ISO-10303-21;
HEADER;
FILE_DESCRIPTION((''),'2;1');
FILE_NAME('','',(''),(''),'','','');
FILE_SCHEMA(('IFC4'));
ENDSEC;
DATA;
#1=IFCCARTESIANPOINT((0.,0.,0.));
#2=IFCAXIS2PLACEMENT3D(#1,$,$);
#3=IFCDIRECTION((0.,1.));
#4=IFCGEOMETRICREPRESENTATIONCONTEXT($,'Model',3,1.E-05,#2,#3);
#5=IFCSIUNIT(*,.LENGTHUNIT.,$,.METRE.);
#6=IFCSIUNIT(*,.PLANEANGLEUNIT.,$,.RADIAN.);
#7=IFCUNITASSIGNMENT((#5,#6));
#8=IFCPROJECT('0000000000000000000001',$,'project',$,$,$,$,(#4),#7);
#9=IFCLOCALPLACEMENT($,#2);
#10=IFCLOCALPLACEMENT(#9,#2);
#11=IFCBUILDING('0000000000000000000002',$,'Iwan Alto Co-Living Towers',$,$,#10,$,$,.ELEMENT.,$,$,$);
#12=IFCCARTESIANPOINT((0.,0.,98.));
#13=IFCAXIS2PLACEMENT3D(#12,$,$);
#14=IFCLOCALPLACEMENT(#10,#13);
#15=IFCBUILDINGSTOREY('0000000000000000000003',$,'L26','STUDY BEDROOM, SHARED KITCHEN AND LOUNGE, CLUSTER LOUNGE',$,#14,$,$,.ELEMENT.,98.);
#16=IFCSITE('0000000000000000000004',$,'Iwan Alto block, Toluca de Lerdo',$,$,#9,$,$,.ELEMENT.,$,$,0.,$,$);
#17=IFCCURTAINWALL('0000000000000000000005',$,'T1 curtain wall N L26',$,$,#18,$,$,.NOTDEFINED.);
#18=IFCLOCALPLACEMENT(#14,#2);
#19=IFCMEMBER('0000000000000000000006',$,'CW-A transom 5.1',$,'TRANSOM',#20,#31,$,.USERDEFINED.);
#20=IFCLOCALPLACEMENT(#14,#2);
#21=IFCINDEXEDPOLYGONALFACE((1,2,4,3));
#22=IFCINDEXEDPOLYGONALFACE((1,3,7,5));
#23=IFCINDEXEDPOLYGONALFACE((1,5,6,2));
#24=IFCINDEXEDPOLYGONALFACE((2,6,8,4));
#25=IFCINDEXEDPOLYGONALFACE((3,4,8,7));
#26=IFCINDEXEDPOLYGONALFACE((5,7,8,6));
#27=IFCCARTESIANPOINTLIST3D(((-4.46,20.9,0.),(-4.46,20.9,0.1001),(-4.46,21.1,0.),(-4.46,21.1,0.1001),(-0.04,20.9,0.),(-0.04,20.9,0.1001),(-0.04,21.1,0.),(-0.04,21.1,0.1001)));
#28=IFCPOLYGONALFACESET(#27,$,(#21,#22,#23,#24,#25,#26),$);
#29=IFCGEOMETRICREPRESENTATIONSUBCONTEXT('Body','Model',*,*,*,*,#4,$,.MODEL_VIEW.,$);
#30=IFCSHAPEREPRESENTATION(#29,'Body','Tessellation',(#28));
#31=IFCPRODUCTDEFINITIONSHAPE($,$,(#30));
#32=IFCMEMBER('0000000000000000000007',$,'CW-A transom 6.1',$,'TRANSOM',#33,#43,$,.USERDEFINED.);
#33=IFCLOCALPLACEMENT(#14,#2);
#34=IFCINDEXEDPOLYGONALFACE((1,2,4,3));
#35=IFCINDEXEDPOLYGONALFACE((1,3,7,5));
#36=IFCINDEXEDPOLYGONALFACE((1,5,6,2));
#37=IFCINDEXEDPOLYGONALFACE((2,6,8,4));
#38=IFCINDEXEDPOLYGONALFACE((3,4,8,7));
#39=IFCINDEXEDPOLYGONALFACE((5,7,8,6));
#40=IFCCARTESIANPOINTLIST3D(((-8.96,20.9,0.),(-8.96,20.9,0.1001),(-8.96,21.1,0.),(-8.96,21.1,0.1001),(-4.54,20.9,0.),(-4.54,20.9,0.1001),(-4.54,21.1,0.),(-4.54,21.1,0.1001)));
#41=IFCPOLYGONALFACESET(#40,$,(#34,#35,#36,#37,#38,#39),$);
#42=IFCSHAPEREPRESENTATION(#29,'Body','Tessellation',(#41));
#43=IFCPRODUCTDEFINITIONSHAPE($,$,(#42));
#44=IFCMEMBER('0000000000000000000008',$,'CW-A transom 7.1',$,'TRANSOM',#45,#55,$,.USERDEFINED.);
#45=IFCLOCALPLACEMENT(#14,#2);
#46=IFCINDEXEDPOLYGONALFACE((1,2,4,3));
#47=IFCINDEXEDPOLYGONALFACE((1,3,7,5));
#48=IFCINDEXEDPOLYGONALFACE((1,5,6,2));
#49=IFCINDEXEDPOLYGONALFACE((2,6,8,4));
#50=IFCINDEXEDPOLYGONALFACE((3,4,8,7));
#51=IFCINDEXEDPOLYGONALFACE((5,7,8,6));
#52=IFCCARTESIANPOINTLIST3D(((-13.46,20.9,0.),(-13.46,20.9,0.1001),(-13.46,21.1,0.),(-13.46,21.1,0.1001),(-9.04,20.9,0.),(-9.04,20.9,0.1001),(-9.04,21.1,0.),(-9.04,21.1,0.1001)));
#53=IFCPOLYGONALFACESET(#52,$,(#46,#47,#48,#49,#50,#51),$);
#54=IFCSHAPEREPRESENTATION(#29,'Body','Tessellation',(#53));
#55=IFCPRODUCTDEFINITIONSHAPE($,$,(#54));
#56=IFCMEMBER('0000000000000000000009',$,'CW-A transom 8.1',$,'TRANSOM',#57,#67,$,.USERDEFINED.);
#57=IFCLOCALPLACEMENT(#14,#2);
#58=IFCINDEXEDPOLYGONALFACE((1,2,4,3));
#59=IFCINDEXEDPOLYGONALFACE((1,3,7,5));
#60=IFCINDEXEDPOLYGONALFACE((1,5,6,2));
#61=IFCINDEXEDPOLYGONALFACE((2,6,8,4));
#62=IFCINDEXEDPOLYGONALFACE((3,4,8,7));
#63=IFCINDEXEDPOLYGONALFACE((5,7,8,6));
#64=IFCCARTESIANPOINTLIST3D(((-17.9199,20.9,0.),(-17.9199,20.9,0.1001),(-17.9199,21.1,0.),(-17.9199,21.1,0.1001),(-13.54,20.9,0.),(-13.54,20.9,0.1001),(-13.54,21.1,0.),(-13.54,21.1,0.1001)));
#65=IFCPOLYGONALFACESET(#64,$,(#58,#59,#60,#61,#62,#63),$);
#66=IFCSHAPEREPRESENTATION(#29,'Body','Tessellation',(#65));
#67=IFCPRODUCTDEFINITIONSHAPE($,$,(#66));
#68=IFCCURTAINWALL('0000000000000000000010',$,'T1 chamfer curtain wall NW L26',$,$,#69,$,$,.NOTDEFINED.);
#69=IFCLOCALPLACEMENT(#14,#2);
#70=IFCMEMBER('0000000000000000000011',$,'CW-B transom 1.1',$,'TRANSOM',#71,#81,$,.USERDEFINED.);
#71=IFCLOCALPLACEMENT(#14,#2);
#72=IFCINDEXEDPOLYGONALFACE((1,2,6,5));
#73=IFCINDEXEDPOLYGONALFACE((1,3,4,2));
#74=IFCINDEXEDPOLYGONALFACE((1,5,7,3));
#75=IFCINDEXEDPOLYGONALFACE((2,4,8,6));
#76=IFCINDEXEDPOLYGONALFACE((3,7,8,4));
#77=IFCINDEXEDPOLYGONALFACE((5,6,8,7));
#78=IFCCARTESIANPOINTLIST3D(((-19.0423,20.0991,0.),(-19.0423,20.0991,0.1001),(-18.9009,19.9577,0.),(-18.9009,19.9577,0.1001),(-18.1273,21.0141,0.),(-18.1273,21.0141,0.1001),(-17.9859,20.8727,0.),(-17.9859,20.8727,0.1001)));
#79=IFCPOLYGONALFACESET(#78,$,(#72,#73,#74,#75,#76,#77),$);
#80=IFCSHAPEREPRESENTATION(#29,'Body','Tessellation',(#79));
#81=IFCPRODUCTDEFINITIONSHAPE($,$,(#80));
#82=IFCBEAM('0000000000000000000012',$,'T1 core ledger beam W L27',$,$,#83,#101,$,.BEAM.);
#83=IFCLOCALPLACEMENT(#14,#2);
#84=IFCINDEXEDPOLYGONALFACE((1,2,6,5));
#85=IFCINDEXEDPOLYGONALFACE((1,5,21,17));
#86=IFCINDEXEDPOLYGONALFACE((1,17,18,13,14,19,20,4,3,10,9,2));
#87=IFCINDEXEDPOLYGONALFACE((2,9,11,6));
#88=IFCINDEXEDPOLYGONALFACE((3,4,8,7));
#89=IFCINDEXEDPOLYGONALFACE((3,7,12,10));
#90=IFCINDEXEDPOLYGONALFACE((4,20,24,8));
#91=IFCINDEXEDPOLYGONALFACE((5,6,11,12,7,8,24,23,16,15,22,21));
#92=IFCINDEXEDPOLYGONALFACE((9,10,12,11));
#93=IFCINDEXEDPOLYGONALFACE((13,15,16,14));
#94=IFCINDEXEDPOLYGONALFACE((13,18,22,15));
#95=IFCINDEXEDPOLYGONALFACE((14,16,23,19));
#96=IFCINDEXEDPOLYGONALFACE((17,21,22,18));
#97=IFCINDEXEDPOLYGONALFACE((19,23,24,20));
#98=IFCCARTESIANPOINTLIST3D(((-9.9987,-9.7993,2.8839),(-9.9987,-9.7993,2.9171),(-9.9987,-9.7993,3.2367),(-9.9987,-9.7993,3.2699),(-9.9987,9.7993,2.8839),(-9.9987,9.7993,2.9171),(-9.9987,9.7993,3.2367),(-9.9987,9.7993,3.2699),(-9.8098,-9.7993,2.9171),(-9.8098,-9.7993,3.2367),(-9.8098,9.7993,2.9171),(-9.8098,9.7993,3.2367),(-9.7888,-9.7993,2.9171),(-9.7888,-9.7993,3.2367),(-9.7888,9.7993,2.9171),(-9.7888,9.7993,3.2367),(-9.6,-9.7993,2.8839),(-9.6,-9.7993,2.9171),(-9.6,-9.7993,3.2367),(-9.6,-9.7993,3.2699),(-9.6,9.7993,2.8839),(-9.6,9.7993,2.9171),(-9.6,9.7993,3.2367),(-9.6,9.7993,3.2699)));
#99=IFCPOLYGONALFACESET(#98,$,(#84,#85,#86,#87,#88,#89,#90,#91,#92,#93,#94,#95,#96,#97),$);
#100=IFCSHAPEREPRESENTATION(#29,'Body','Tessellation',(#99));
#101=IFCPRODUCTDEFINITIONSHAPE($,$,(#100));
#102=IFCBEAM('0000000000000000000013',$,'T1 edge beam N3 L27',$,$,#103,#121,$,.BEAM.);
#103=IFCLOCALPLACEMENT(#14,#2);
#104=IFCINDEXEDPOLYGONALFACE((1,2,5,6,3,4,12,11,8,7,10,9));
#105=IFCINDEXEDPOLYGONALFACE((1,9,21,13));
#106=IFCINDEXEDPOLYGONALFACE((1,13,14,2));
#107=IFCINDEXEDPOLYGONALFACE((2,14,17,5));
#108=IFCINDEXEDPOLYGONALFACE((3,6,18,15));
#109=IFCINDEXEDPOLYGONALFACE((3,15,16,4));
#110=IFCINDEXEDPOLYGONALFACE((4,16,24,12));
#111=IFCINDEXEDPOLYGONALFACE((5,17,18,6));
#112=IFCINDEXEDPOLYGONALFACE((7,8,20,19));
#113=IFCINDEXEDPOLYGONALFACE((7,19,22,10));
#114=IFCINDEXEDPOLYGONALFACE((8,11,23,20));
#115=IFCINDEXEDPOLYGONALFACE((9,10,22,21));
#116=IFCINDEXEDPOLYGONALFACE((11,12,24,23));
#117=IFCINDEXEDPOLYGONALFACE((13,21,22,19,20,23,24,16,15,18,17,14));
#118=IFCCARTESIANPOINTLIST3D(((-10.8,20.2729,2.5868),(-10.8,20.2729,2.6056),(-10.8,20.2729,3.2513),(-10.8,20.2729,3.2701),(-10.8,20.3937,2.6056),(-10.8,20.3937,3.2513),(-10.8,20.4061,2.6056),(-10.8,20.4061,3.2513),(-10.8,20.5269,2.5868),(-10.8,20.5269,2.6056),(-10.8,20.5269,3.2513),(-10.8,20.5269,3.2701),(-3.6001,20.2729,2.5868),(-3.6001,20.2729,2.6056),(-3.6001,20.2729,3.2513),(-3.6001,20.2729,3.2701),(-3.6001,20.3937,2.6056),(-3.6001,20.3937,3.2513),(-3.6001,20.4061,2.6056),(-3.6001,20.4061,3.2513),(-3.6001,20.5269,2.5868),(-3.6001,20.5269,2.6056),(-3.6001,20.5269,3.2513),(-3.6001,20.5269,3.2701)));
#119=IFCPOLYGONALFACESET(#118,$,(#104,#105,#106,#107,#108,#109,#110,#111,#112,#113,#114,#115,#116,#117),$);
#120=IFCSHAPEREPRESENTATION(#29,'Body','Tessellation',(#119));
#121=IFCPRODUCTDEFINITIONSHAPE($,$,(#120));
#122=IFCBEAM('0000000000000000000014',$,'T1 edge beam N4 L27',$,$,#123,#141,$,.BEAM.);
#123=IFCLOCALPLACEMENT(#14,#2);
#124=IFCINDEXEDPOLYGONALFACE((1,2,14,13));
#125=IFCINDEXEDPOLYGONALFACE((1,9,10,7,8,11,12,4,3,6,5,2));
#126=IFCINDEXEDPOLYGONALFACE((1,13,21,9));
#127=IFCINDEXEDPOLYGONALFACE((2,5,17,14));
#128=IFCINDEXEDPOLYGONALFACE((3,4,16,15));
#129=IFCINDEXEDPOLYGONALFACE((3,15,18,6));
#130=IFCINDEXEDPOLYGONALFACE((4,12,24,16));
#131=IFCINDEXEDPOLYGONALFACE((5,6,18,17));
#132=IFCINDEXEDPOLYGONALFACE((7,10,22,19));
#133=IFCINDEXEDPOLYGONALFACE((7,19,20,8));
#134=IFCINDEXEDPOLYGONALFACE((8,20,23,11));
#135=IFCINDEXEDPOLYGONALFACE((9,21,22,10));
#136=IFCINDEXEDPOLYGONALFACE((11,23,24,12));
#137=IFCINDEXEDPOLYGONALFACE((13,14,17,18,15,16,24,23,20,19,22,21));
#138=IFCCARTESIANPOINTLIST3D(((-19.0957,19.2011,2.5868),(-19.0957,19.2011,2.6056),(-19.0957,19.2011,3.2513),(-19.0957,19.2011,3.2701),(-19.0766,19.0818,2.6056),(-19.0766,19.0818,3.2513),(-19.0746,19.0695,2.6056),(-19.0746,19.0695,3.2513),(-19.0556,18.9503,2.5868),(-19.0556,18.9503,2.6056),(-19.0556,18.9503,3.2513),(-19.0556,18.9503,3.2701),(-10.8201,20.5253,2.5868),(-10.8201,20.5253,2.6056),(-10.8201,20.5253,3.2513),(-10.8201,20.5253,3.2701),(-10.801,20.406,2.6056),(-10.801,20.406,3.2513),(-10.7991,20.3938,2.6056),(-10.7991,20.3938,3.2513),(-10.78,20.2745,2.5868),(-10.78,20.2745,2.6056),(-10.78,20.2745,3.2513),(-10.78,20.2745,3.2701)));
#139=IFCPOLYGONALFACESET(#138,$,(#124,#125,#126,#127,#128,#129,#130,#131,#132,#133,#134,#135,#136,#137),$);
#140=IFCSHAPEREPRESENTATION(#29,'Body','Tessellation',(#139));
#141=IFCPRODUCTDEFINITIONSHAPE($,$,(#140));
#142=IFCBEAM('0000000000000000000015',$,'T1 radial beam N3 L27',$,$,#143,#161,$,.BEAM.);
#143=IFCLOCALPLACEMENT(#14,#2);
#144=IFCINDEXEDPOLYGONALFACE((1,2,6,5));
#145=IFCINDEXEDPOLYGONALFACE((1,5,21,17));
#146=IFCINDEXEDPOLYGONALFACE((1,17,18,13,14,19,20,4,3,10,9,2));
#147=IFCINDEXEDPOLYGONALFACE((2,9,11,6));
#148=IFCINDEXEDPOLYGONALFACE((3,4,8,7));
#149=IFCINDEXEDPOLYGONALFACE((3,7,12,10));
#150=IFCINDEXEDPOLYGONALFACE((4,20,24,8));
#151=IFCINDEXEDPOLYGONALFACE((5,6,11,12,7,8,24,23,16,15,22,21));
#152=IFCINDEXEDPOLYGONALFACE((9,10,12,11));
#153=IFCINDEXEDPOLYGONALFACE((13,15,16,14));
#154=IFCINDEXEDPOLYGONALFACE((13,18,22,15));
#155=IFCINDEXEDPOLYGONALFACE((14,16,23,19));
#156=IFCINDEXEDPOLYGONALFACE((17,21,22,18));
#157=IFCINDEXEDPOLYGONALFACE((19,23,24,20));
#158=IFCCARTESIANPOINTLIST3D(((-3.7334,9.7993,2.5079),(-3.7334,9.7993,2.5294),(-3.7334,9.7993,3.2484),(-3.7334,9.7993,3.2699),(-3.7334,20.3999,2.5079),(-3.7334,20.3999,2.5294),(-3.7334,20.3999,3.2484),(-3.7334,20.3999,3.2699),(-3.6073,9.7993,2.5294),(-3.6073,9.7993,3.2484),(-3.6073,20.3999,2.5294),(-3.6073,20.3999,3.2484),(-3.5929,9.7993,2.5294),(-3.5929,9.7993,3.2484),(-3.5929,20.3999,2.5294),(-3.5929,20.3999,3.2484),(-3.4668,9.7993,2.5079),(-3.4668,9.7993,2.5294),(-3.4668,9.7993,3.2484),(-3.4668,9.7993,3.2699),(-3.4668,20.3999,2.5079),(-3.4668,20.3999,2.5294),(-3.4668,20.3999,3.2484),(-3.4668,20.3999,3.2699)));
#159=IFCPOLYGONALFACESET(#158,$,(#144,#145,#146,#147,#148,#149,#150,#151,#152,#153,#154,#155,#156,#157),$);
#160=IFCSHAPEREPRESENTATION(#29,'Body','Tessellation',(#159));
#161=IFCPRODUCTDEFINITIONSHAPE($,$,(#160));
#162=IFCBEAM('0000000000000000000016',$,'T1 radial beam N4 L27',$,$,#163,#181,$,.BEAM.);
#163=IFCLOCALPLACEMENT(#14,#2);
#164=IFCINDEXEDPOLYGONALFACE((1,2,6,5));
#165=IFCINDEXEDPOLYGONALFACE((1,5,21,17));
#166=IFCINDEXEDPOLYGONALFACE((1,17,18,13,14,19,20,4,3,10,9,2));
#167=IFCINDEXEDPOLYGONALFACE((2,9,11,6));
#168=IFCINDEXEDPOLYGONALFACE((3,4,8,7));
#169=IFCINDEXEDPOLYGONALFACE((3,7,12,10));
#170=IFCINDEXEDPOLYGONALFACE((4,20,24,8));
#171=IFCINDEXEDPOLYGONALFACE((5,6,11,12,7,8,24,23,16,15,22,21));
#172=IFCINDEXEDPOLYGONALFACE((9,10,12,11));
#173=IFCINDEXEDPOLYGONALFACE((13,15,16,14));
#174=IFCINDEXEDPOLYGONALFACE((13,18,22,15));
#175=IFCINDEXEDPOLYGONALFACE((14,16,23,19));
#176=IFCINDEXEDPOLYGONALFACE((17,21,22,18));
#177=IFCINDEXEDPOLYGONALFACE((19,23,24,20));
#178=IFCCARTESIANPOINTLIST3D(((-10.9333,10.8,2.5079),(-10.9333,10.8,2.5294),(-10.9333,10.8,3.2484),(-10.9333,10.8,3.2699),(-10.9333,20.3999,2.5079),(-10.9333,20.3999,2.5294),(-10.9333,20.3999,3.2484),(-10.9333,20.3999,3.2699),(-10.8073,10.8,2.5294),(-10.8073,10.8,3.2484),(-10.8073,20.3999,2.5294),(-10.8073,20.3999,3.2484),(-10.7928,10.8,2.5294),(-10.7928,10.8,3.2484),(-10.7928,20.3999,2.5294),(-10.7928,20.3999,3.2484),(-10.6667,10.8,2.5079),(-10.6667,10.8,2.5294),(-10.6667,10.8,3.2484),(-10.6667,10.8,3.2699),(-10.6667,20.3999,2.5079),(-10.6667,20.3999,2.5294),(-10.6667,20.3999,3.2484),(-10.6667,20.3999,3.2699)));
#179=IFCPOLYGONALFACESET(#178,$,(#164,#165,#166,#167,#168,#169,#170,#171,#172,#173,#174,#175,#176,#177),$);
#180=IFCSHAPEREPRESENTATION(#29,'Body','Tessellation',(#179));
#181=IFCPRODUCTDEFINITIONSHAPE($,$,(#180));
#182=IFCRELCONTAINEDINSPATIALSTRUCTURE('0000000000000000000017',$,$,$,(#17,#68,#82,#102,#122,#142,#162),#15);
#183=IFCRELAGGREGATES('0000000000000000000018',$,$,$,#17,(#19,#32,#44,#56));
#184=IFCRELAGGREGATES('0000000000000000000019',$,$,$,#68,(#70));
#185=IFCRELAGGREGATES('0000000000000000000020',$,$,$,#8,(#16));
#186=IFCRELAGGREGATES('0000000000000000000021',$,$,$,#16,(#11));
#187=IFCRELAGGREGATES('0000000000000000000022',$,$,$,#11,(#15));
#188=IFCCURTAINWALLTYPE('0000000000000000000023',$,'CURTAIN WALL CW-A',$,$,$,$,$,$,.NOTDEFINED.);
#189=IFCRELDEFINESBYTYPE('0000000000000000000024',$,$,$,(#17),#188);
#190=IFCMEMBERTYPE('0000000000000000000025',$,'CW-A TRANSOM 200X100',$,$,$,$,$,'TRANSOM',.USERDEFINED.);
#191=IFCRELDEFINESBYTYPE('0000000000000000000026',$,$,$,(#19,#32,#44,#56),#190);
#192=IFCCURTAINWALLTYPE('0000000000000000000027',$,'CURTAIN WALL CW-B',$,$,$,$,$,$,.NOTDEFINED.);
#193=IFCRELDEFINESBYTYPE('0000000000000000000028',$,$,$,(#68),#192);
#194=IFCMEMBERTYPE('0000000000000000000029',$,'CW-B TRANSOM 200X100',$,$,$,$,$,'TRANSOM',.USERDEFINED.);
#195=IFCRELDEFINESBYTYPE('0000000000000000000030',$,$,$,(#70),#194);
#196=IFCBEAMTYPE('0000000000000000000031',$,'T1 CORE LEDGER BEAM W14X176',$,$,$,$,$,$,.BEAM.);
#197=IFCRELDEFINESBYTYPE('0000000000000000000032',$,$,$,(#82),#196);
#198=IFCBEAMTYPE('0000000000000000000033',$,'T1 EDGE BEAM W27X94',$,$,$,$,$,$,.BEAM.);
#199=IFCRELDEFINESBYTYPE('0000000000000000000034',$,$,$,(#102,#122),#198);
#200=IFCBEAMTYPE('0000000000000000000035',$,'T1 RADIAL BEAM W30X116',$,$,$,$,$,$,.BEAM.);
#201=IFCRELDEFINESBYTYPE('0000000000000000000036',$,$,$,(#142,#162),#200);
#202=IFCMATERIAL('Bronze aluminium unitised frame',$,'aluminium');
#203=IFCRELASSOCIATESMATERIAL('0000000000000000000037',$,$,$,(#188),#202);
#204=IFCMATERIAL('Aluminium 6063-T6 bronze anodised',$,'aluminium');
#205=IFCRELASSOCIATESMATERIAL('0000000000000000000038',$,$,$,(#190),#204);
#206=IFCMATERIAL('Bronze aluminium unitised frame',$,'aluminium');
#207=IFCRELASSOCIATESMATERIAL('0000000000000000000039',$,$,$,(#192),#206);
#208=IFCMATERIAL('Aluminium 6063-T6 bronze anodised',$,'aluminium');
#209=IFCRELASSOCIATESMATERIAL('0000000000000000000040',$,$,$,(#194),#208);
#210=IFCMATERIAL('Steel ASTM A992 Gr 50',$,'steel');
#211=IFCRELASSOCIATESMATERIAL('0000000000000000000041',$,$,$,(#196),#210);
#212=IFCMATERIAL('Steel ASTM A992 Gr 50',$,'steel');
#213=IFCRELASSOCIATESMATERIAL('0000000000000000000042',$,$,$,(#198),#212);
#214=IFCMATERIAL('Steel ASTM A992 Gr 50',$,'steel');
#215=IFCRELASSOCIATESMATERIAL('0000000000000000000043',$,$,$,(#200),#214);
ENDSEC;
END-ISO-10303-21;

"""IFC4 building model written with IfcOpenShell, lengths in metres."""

from ifc_helpers import new_model, si_unit, direction, frame, origin, origin_2d, place, context, subcontext, project, spatial, rectangle, i_section, extrude, material, material_profile, profile_set, type_object, element, aggregate, save


model = new_model("IFC4")

# Units and contexts
model_context = context("Model", 3, precision=1e-05, world=origin(), true_north=direction((0.0, 1.0)))
body_context = subcontext(model_context, "Body", "Model", "MODEL_VIEW")
ifc_project = project(units=[si_unit("LENGTHUNIT", "METRE"), si_unit("PLANEANGLEUNIT", "RADIAN")], contexts=[model_context])

# Site, building, storey
site_placement = place(None, origin())
site = spatial("IfcSite", under=ifc_project, at=site_placement, Name="Iwan Alto block, Toluca de Lerdo", CompositionType="ELEMENT", RefElevation=0.0)
building_placement = place(site_placement, origin())
building = spatial("IfcBuilding", under=site, at=building_placement, Name="Iwan Alto Co-Living Towers", CompositionType="ELEMENT")
storey_placement = place(building_placement, frame((0.0, 0.0, 98.0)))
storey = spatial("IfcBuildingStorey", under=building, at=storey_placement, Name="L26", Description="STUDY BEDROOM, SHARED KITCHEN AND LOUNGE, CLUSTER LOUNGE", CompositionType="ELEMENT", Elevation=98.0)

# Curtain wall, members
ifc_material_1 = material(Name="Bronze aluminium unitised frame", Category="aluminium")
curtain_wall_type_1 = type_object("IfcCurtainWallType", Name="CURTAIN WALL CW-A", PredefinedType="NOTDEFINED", material=ifc_material_1)
curtain_wall_1_placement = place(storey_placement, origin())
curtain_wall_1 = element("IfcCurtainWall", 1, at=curtain_wall_1_placement, inside=storey, type_object=curtain_wall_type_1, Name="T1 curtain wall N L26", PredefinedType="NOTDEFINED")
ifc_material_2 = material(Name="Aluminium 6063-T6 bronze anodised", Category="aluminium")
ifc_material_profile_1 = material_profile(ifc_material_2, rectangle(XDim=0.2, YDim=0.1001, at=origin_2d()), Name="AL 200X100")
ifc_profile_set_1 = profile_set([ifc_material_profile_1], Name="Aluminium 6063-T6 bronze anodised")
member_type_1 = type_object("IfcMemberType", Name="CW-A TRANSOM 200X100", ElementType="TRANSOM", PredefinedType="USERDEFINED", material=ifc_profile_set_1)
member_1_placement = place(storey_placement, frame((-0.04, 21.0, 0.05), z_axis=(-1.0, 0.0, 0.0), x_axis=(0.0, -1.0, 0.0)))
member_1 = element("IfcMember", 2, at=member_1_placement, type_object=member_type_1, Name="CW-A transom 5.1", ObjectType="TRANSOM", PredefinedType="USERDEFINED", context=body_context, shape_type="SweptSolid", body=[
    extrude(rectangle(XDim=0.2, YDim=0.1001, at=origin_2d()), origin(), (0.0, 0.0, 1.0), 4.4199),
])
member_2_placement = place(storey_placement, frame((-4.54, 21.0, 0.05), z_axis=(-1.0, 0.0, 0.0), x_axis=(0.0, -1.0, 0.0)))
member_2 = element("IfcMember", 3, at=member_2_placement, type_object=member_type_1, Name="CW-A transom 6.1", ObjectType="TRANSOM", PredefinedType="USERDEFINED", context=body_context, shape_type="SweptSolid", body=[
    extrude(rectangle(XDim=0.2, YDim=0.1001, at=origin_2d()), origin(), (0.0, 0.0, 1.0), 4.4199),
])
member_3_placement = place(storey_placement, frame((-9.04, 21.0, 0.05), z_axis=(-1.0, 0.0, 0.0), x_axis=(0.0, -1.0, 0.0)))
member_3 = element("IfcMember", 4, at=member_3_placement, type_object=member_type_1, Name="CW-A transom 7.1", ObjectType="TRANSOM", PredefinedType="USERDEFINED", context=body_context, shape_type="SweptSolid", body=[
    extrude(rectangle(XDim=0.2, YDim=0.1001, at=origin_2d()), origin(), (0.0, 0.0, 1.0), 4.4199),
])
member_4_placement = place(storey_placement, frame((-13.54, 21.0, 0.05), z_axis=(-1.0, 0.0, 0.0), x_axis=(0.0, -1.0, 0.0)))
member_4 = element("IfcMember", 5, at=member_4_placement, type_object=member_type_1, Name="CW-A transom 8.1", ObjectType="TRANSOM", PredefinedType="USERDEFINED", context=body_context, shape_type="SweptSolid", body=[
    extrude(rectangle(XDim=0.2, YDim=0.1001, at=origin_2d()), origin(), (0.0, 0.0, 1.0), 4.3799),
])

# Curtain wall, member
ifc_material_3 = material(Name="Bronze aluminium unitised frame", Category="aluminium")
curtain_wall_type_2 = type_object("IfcCurtainWallType", Name="CURTAIN WALL CW-B", PredefinedType="NOTDEFINED", material=ifc_material_3)
curtain_wall_2_placement = place(storey_placement, origin())
curtain_wall_2 = element("IfcCurtainWall", 6, at=curtain_wall_2_placement, inside=storey, type_object=curtain_wall_type_2, Name="T1 chamfer curtain wall NW L26", PredefinedType="NOTDEFINED")
ifc_material_4 = material(Name="Aluminium 6063-T6 bronze anodised", Category="aluminium")
ifc_material_profile_2 = material_profile(ifc_material_4, rectangle(XDim=0.2, YDim=0.1001, at=origin_2d()), Name="AL 200X100")
ifc_profile_set_2 = profile_set([ifc_material_profile_2], Name="Aluminium 6063-T6 bronze anodised")
member_type_2 = type_object("IfcMemberType", Name="CW-B TRANSOM 200X100", ElementType="TRANSOM", PredefinedType="USERDEFINED", material=ifc_profile_set_2)
member_5_placement = place(storey_placement, frame((-18.0566, 20.9434, 0.05), z_axis=(-0.707107, -0.707107, 0.0), x_axis=(0.707107, -0.707107, 0.0)))
member_5 = element("IfcMember", 7, at=member_5_placement, type_object=member_type_2, Name="CW-B transom 1.1", ObjectType="TRANSOM", PredefinedType="USERDEFINED", context=body_context, shape_type="SweptSolid", body=[
    extrude(rectangle(XDim=0.2, YDim=0.1001, at=origin_2d()), origin(), (0.0, 0.0, 1.0), 1.2939),
])

# Beams
ifc_material_5 = material(Name="Steel ASTM A992 Gr 50", Category="steel")
ifc_material_profile_3 = material_profile(ifc_material_5, i_section(OverallWidth=0.3987, OverallDepth=0.386, WebThickness=0.021, FlangeThickness=0.0332, at=origin_2d()), Name="W14X176")
ifc_profile_set_3 = profile_set([ifc_material_profile_3], Name="Steel ASTM A992 Gr 50")
beam_type_1 = type_object("IfcBeamType", Name="T1 CORE LEDGER BEAM W14X176", PredefinedType="BEAM", material=ifc_profile_set_3)
beam_1_placement = place(storey_placement, frame((-9.7993, 9.7993, 3.0769), z_axis=(0.0, -1.0, 0.0), x_axis=(1.0, 0.0, 0.0)))
element("IfcBeam", 8, at=beam_1_placement, inside=storey, type_object=beam_type_1, Name="T1 core ledger beam W L27", PredefinedType="BEAM", context=body_context, shape_type="SweptSolid", body=[
    extrude(i_section(OverallWidth=0.3987, OverallDepth=0.386, WebThickness=0.021, FlangeThickness=0.0332, at=origin_2d()), origin(), (0.0, 0.0, 1.0), 19.5986),
])
ifc_material_6 = material(Name="Steel ASTM A992 Gr 50", Category="steel")
ifc_material_profile_4 = material_profile(ifc_material_6, i_section(OverallWidth=0.2539, OverallDepth=0.6833, WebThickness=0.0125, FlangeThickness=0.0188, at=origin_2d()), Name="W27X94")
ifc_profile_set_4 = profile_set([ifc_material_profile_4], Name="Steel ASTM A992 Gr 50")
beam_type_2 = type_object("IfcBeamType", Name="T1 EDGE BEAM W27X94", PredefinedType="BEAM", material=ifc_profile_set_4)
beam_2_placement = place(storey_placement, frame((-3.6001, 20.3999, 2.9285), z_axis=(-1.0, 0.0, 0.0), x_axis=(0.0, -1.0, 0.0)))
element("IfcBeam", 9, at=beam_2_placement, inside=storey, type_object=beam_type_2, Name="T1 edge beam N3 L27", PredefinedType="BEAM", context=body_context, shape_type="SweptSolid", body=[
    extrude(i_section(OverallWidth=0.2539, OverallDepth=0.6833, WebThickness=0.0125, FlangeThickness=0.0188, at=origin_2d()), origin(), (0.0, 0.0, 1.0), 7.2),
])
beam_3_placement = place(storey_placement, frame((-10.8, 20.3999, 2.9285), z_axis=(-0.987438, -0.158004, 0.0), x_axis=(0.158004, -0.987438, 0.0)))
element("IfcBeam", 10, at=beam_3_placement, inside=storey, type_object=beam_type_2, Name="T1 edge beam N4 L27", PredefinedType="BEAM", context=body_context, shape_type="SweptSolid", body=[
    extrude(i_section(OverallWidth=0.2539, OverallDepth=0.6833, WebThickness=0.0125, FlangeThickness=0.0188, at=origin_2d()), origin(), (0.0, 0.0, 1.0), 8.3809),
])
ifc_material_7 = material(Name="Steel ASTM A992 Gr 50", Category="steel")
ifc_material_profile_5 = material_profile(ifc_material_7, i_section(OverallWidth=0.2666, OverallDepth=0.762, WebThickness=0.0144, FlangeThickness=0.0215, at=origin_2d()), Name="W30X116")
ifc_profile_set_5 = profile_set([ifc_material_profile_5], Name="Steel ASTM A992 Gr 50")
beam_type_3 = type_object("IfcBeamType", Name="T1 RADIAL BEAM W30X116", PredefinedType="BEAM", material=ifc_profile_set_5)
beam_4_placement = place(storey_placement, frame((-3.6001, 20.3999, 2.8889), z_axis=(0.0, -1.0, 0.0), x_axis=(1.0, 0.0, 0.0)))
element("IfcBeam", 11, at=beam_4_placement, inside=storey, type_object=beam_type_3, Name="T1 radial beam N3 L27", PredefinedType="BEAM", context=body_context, shape_type="SweptSolid", body=[
    extrude(i_section(OverallWidth=0.2666, OverallDepth=0.762, WebThickness=0.0144, FlangeThickness=0.0215, at=origin_2d()), origin(), (0.0, 0.0, 1.0), 10.6006),
])
beam_5_placement = place(storey_placement, frame((-10.8, 20.3999, 2.8889), z_axis=(0.0, -1.0, 0.0), x_axis=(1.0, 0.0, 0.0)))
element("IfcBeam", 12, at=beam_5_placement, inside=storey, type_object=beam_type_3, Name="T1 radial beam N4 L27", PredefinedType="BEAM", context=body_context, shape_type="SweptSolid", body=[
    extrude(i_section(OverallWidth=0.2666, OverallDepth=0.762, WebThickness=0.0144, FlangeThickness=0.0215, at=origin_2d()), origin(), (0.0, 0.0, 1.0), 9.5999),
])

aggregate(curtain_wall_1, [member_1, member_2, member_3, member_4])
aggregate(curtain_wall_2, [member_5])

save(model, "model.ifc")
